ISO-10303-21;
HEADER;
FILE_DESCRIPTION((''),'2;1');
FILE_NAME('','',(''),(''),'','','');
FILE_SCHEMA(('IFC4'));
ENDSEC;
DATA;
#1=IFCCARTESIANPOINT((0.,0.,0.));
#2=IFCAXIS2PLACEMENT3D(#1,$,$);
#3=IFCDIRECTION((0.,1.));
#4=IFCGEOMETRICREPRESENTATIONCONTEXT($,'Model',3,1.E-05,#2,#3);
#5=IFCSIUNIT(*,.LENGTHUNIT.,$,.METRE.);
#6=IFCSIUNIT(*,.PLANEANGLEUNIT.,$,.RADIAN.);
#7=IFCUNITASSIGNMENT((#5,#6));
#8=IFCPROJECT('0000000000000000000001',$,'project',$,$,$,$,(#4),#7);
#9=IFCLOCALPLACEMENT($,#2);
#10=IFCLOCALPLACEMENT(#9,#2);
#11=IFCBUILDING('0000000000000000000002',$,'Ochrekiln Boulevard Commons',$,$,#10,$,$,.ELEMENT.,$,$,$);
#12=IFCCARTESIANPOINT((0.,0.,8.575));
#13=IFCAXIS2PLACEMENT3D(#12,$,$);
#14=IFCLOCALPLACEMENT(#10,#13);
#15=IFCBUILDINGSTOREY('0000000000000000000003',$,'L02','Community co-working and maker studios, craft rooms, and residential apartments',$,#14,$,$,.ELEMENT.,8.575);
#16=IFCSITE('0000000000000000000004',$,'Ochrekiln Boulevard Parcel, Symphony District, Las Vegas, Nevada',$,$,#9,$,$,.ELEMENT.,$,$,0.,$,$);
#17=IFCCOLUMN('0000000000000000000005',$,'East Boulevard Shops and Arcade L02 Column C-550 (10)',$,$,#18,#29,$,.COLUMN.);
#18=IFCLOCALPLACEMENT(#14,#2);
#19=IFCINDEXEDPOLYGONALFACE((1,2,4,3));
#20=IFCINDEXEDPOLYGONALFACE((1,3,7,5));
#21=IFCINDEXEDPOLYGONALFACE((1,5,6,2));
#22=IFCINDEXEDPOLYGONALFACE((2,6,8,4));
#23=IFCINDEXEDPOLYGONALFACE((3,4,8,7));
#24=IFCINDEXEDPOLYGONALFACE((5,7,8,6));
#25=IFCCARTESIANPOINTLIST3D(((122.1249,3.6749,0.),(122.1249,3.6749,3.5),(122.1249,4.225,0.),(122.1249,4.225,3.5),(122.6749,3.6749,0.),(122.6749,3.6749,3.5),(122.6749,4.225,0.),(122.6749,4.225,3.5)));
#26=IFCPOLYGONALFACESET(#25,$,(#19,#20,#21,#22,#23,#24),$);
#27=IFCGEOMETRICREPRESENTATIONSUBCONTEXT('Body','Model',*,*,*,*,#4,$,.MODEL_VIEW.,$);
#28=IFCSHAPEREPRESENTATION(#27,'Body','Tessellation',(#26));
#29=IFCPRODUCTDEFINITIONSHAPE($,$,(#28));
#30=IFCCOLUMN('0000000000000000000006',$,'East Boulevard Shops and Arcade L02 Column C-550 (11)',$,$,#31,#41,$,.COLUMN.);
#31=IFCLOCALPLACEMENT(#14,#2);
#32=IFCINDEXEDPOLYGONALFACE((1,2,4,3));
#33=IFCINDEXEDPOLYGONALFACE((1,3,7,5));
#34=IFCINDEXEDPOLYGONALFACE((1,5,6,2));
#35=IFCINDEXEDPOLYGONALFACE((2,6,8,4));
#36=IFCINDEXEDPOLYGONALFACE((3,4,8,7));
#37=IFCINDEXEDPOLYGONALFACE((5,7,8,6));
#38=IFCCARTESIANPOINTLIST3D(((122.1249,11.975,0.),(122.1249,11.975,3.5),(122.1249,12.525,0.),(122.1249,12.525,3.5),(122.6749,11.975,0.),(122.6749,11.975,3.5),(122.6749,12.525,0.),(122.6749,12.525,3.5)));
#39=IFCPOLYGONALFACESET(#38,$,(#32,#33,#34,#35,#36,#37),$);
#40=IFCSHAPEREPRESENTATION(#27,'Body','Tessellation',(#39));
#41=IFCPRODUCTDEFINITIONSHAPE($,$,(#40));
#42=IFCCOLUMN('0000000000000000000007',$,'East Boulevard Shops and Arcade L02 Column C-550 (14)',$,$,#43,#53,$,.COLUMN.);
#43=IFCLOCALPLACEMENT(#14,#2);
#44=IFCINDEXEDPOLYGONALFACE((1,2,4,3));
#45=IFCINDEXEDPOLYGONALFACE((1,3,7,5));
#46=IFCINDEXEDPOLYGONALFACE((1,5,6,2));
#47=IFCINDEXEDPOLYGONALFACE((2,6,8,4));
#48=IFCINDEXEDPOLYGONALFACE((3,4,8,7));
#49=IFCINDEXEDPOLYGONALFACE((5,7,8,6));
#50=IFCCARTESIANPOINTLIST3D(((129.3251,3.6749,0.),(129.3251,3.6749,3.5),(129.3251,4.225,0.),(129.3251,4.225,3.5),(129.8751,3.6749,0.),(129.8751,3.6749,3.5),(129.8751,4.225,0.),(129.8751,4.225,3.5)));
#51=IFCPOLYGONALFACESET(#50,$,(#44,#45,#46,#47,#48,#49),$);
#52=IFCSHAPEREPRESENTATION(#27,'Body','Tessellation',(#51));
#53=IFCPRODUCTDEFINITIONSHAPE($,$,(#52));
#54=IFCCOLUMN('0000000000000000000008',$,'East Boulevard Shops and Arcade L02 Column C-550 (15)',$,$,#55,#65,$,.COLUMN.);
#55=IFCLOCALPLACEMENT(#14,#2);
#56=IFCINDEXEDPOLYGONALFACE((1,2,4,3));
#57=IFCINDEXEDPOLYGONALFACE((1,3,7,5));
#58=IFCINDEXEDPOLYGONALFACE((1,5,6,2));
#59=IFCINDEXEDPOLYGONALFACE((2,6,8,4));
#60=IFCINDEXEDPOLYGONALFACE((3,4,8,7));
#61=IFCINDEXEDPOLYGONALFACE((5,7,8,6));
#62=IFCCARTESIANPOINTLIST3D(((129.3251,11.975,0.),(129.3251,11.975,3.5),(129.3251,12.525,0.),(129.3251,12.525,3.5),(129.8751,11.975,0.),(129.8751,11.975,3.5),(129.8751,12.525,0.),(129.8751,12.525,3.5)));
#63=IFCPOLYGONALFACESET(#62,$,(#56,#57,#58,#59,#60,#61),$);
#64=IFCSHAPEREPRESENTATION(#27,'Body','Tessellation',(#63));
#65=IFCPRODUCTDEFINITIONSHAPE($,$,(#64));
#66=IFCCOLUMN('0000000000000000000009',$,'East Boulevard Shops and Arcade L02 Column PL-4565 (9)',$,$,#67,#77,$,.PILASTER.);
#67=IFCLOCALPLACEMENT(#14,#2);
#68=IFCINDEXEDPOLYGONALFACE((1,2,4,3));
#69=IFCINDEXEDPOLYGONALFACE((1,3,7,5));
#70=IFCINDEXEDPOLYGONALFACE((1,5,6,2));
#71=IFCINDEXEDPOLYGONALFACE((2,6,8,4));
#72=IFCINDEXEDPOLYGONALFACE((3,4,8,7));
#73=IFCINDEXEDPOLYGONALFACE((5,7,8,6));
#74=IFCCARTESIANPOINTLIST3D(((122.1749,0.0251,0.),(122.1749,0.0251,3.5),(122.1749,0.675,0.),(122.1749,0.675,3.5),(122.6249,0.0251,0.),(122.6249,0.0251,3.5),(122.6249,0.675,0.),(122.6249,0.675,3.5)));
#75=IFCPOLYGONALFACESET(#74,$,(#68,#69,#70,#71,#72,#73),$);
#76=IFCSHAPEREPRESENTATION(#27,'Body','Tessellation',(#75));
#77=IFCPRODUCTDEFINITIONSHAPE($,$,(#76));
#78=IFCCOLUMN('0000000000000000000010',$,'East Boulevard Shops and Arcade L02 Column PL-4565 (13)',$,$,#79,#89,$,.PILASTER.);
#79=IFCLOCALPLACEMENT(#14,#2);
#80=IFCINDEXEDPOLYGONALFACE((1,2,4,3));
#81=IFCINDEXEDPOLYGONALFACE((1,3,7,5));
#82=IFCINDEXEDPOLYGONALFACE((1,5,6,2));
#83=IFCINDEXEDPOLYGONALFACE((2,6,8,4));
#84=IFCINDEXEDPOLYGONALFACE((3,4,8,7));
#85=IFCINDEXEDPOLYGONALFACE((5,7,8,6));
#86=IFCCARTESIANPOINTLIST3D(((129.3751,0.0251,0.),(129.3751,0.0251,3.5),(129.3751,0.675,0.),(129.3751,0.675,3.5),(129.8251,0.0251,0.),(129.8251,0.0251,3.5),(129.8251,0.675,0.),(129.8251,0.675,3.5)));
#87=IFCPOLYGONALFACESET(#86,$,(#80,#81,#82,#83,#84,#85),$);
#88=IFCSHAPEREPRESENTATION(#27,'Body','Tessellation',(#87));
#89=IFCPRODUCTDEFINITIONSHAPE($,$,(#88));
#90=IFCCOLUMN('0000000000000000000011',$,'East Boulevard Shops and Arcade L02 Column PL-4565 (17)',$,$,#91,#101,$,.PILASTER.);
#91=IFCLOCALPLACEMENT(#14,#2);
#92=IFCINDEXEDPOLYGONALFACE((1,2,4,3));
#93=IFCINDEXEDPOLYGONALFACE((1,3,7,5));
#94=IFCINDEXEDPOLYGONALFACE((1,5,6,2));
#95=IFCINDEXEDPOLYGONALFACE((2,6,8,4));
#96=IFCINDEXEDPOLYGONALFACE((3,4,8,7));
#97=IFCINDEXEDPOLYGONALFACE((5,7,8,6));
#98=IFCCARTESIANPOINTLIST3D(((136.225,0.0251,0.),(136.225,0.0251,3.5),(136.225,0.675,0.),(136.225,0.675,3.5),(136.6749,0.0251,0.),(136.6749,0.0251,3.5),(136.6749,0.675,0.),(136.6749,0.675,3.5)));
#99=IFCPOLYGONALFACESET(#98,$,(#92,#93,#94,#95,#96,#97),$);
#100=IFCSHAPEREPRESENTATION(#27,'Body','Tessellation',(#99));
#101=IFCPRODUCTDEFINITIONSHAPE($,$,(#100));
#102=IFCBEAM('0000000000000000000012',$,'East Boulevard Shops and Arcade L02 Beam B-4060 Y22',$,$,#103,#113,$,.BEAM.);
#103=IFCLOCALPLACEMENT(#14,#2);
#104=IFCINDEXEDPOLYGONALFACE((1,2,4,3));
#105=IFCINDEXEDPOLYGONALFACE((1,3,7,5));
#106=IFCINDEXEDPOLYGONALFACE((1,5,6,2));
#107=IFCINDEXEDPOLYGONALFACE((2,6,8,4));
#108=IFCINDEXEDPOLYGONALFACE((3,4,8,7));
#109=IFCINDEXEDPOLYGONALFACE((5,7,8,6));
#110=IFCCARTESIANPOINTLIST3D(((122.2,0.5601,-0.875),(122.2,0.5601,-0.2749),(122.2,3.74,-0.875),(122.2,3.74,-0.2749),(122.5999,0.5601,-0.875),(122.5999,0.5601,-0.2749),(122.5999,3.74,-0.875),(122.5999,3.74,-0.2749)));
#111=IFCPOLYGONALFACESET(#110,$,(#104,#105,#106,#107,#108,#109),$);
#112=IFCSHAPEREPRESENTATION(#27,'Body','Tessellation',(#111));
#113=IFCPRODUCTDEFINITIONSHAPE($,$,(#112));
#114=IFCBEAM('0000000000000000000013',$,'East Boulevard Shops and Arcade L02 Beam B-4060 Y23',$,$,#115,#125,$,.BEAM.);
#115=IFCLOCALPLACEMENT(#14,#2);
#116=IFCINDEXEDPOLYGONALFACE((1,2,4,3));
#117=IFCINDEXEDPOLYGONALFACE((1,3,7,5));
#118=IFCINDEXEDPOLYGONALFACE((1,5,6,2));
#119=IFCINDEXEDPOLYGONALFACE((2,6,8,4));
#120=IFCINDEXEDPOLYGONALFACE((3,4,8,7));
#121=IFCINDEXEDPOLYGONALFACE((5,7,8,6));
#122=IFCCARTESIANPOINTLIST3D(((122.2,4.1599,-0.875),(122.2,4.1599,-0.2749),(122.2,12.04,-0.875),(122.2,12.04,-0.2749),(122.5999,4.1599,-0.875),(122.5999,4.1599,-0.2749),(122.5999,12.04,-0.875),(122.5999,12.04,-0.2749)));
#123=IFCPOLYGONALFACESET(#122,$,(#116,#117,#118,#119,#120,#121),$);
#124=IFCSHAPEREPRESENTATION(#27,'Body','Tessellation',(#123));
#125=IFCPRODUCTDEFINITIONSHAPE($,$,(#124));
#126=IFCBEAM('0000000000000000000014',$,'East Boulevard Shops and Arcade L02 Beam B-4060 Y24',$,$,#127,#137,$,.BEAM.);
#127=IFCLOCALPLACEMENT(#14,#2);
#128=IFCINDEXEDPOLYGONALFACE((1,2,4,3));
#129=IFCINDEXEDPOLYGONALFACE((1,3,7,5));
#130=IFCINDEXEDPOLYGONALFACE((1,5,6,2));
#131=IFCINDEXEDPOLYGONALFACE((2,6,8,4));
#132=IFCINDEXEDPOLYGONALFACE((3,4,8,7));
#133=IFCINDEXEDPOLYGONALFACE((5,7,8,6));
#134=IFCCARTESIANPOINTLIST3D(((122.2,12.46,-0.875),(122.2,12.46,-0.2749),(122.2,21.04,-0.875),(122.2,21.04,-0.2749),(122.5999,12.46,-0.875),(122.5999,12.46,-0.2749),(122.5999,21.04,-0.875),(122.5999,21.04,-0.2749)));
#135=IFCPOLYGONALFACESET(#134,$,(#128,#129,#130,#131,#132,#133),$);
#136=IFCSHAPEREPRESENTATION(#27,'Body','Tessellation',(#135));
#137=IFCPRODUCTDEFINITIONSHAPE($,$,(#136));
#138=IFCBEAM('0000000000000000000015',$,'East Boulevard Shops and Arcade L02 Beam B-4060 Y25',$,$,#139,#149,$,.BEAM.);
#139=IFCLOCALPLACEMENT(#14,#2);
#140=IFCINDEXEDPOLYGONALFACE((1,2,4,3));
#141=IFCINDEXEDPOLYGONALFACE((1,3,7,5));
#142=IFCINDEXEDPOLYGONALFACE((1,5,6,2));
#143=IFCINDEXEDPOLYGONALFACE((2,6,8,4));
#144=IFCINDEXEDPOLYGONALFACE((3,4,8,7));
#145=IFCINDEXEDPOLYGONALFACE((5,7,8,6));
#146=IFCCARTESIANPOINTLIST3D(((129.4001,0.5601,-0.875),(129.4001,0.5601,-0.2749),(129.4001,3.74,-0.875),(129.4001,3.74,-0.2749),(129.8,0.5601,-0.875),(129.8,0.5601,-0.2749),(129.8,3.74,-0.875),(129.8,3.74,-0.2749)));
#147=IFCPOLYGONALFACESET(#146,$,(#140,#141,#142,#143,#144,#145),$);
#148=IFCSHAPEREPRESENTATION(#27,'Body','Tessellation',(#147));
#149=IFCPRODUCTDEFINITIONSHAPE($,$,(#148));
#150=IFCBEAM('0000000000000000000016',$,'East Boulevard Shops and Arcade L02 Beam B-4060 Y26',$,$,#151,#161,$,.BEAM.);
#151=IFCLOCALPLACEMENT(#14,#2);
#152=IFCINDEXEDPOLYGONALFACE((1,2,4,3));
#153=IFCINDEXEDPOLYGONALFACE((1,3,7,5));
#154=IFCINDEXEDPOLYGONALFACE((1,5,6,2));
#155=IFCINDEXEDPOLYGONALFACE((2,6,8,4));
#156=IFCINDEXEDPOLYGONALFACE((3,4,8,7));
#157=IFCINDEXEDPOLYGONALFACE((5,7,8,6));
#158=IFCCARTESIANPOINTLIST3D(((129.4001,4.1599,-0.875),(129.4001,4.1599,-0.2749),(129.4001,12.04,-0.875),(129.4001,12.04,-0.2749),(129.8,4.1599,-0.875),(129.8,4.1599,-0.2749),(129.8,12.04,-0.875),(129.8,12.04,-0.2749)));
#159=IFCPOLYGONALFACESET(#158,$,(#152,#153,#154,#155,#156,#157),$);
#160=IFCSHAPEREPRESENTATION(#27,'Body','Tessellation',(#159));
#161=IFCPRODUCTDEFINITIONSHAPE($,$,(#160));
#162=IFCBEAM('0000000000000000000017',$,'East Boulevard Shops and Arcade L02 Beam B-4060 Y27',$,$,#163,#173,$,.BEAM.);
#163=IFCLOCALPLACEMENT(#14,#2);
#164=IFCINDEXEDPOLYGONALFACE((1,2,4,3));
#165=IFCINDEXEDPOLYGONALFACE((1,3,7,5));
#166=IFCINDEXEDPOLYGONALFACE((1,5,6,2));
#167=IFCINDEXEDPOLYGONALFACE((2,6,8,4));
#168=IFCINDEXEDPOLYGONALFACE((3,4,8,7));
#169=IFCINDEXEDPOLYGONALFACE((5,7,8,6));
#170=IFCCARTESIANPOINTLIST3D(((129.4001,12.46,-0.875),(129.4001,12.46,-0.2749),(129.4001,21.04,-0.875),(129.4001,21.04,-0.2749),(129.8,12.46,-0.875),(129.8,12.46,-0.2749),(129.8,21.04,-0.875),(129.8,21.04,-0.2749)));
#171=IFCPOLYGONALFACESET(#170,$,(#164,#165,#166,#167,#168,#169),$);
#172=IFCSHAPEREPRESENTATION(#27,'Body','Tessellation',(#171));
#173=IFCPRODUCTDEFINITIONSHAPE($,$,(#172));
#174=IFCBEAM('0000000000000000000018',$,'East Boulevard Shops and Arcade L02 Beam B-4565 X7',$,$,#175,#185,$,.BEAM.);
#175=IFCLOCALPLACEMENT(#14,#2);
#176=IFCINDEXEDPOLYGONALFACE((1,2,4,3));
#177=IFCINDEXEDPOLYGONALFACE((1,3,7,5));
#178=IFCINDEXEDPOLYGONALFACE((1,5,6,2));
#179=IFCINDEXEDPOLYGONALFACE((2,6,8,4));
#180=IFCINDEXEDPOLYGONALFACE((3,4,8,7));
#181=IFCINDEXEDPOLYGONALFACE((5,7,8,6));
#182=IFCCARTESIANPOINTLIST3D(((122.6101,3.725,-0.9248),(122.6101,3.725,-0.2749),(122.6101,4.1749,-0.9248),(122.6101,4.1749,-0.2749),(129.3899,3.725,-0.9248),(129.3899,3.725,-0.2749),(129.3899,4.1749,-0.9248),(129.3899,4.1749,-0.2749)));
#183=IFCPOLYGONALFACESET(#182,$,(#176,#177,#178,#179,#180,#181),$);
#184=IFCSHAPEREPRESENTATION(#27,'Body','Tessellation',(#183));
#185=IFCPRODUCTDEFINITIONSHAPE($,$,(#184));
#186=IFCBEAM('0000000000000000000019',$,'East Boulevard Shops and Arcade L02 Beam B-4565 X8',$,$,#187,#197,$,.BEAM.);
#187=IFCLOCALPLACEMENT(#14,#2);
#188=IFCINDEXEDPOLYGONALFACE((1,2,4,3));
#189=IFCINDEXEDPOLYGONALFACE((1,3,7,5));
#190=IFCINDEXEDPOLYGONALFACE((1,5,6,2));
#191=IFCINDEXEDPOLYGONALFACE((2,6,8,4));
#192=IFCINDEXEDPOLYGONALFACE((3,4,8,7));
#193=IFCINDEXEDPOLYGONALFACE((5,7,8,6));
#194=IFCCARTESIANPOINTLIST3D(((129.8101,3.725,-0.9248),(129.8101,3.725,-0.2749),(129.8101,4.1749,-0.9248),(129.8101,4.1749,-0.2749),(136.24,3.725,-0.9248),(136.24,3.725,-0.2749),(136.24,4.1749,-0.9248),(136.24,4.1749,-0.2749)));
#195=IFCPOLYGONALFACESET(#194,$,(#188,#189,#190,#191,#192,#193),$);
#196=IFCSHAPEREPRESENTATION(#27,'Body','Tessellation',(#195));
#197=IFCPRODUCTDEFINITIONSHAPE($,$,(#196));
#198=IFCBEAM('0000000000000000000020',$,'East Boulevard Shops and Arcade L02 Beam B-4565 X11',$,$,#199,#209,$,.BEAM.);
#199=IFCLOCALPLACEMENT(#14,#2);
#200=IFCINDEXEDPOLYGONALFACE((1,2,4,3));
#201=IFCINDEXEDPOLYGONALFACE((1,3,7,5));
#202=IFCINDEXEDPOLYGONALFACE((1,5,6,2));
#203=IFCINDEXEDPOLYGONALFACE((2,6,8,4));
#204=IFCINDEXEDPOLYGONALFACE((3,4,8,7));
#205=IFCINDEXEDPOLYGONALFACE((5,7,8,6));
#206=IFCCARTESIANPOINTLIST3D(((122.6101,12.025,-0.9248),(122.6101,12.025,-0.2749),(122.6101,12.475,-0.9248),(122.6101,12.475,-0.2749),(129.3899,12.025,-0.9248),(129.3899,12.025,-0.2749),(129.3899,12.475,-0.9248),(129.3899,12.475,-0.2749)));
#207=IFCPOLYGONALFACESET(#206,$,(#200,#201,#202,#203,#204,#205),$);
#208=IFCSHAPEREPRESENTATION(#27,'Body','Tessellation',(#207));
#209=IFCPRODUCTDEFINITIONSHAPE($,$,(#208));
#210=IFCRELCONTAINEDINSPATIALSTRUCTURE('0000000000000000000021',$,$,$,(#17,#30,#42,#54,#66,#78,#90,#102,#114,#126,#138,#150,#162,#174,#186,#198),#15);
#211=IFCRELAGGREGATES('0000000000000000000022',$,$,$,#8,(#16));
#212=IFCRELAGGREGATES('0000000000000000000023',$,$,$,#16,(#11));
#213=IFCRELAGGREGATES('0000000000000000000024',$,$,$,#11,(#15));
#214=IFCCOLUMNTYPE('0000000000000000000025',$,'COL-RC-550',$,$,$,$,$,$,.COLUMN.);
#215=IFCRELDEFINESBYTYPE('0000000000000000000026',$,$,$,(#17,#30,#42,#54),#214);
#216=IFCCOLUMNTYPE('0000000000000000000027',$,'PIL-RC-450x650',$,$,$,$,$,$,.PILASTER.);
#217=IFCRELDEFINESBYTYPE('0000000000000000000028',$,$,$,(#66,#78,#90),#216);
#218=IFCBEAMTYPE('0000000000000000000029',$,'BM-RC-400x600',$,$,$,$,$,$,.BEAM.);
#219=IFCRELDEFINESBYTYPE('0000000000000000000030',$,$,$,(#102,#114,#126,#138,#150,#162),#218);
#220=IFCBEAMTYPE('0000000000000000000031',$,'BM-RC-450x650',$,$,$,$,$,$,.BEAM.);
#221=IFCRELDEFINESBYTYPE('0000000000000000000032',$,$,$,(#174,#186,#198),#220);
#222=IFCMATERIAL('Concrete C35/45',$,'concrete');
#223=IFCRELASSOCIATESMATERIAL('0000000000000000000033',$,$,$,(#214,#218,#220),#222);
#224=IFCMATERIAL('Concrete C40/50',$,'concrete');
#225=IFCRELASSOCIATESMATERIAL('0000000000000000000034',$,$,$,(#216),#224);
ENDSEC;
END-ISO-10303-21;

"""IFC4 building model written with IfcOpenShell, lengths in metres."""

from ifc_helpers import new_model, si_unit, direction, frame, origin, origin_2d, place, context, subcontext, project, spatial, rectangle, extrude, material, material_profile, profile_set, type_object, element, save


model = new_model("IFC4")

# Units and contexts
model_context = context("Model", 3, precision=1e-05, world=origin(), true_north=direction((0.0, 1.0)))
body_context = subcontext(model_context, "Body", "Model", "MODEL_VIEW")
ifc_project = project(units=[si_unit("LENGTHUNIT", "METRE"), si_unit("PLANEANGLEUNIT", "RADIAN")], contexts=[model_context])

# Site, building, storey
site_placement = place(None, origin())
site = spatial("IfcSite", under=ifc_project, at=site_placement, Name="Ochrekiln Boulevard Parcel, Symphony District, Las Vegas, Nevada", CompositionType="ELEMENT", RefElevation=0.0)
building_placement = place(site_placement, origin())
building = spatial("IfcBuilding", under=site, at=building_placement, Name="Ochrekiln Boulevard Commons", CompositionType="ELEMENT")
storey_placement = place(building_placement, frame((0.0, 0.0, 8.575)))
storey = spatial("IfcBuildingStorey", under=building, at=storey_placement, Name="L02", Description="Community co-working and maker studios, craft rooms, and residential apartments", CompositionType="ELEMENT", Elevation=8.575)

# Columns
ifc_material_1 = material(Name="Concrete C35/45", Category="concrete")
ifc_material_profile_1 = material_profile(ifc_material_1, rectangle(XDim=0.55, YDim=0.55, at=origin_2d()), Name="RC-COL-550x550")
ifc_profile_set_1 = profile_set([ifc_material_profile_1], Name="Concrete C35/45")
column_type_1 = type_object("IfcColumnType", Name="COL-RC-550", PredefinedType="COLUMN", material=ifc_profile_set_1)
for number, where, z_axis, x_axis, name in (
    (1, (122.3999, 3.95, 0.0), (0.0, 0.0, 1.0), (1.0, 0.0, 0.0), "East Boulevard Shops and Arcade L02 Column C-550 (10)"),
    (2, (122.3999, 12.25, 0.0), (0.0, 0.0, 1.0), (1.0, 0.0, 0.0), "East Boulevard Shops and Arcade L02 Column C-550 (11)"),
    (3, (129.6001, 3.95, 0.0), (0.0, 0.0, 1.0), (1.0, 0.0, 0.0), "East Boulevard Shops and Arcade L02 Column C-550 (14)"),
    (4, (129.6001, 12.25, 0.0), (0.0, 0.0, 1.0), (1.0, 0.0, 0.0), "East Boulevard Shops and Arcade L02 Column C-550 (15)"),
):
    element("IfcColumn", number, at=place(storey_placement, frame(where, z_axis=z_axis, x_axis=x_axis)), inside=storey, type_object=column_type_1, Name=name, PredefinedType="COLUMN", context=body_context, shape_type="SweptSolid", body=[
        extrude(rectangle(XDim=0.55, YDim=0.55, at=origin_2d()), origin(), (0.0, 0.0, 1.0), 3.5),
    ])
ifc_material_2 = material(Name="Concrete C40/50", Category="concrete")
ifc_material_profile_2 = material_profile(ifc_material_2, rectangle(XDim=0.45, YDim=0.6499, at=origin_2d()), Name="RC-PIL-450x650")
ifc_profile_set_2 = profile_set([ifc_material_profile_2], Name="Concrete C40/50")
column_type_2 = type_object("IfcColumnType", Name="PIL-RC-450x650", PredefinedType="PILASTER", material=ifc_profile_set_2)
for number, where, z_axis, x_axis, name in (
    (5, (122.3999, 0.3501, 0.0), (0.0, 0.0, 1.0), (1.0, 0.0, 0.0), "East Boulevard Shops and Arcade L02 Column PL-4565 (9)"),
    (6, (129.6001, 0.3501, 0.0), (0.0, 0.0, 1.0), (1.0, 0.0, 0.0), "East Boulevard Shops and Arcade L02 Column PL-4565 (13)"),
    (7, (136.45, 0.3501, 0.0), (0.0, 0.0, 1.0), (1.0, 0.0, 0.0), "East Boulevard Shops and Arcade L02 Column PL-4565 (17)"),
):
    element("IfcColumn", number, at=place(storey_placement, frame(where, z_axis=z_axis, x_axis=x_axis)), inside=storey, type_object=column_type_2, Name=name, PredefinedType="PILASTER", context=body_context, shape_type="SweptSolid", body=[
        extrude(rectangle(XDim=0.45, YDim=0.6499, at=origin_2d()), origin(), (0.0, 0.0, 1.0), 3.5),
    ])

# Beams
ifc_material_profile_3 = material_profile(ifc_material_1, rectangle(XDim=0.3999, YDim=0.6001, at=origin_2d()), Name="RC-BM-400x600")
ifc_profile_set_3 = profile_set([ifc_material_profile_3], Name="Concrete C35/45")
beam_type_1 = type_object("IfcBeamType", Name="BM-RC-400x600", PredefinedType="BEAM", material=ifc_profile_set_3)
beam_1_placement = place(storey_placement, frame((122.3999, 0.5601, -0.575), z_axis=(0.0, 1.0, 0.0), x_axis=(-1.0, 0.0, 0.0)))
element("IfcBeam", 8, at=beam_1_placement, inside=storey, type_object=beam_type_1, Name="East Boulevard Shops and Arcade L02 Beam B-4060 Y22", PredefinedType="BEAM", context=body_context, shape_type="SweptSolid", body=[
    extrude(rectangle(XDim=0.3999, YDim=0.6001, at=origin_2d()), origin(), (0.0, 0.0, 1.0), 3.1799),
])
beam_2_placement = place(storey_placement, frame((122.3999, 4.1599, -0.575), z_axis=(0.0, 1.0, 0.0), x_axis=(-1.0, 0.0, 0.0)))
element("IfcBeam", 9, at=beam_2_placement, inside=storey, type_object=beam_type_1, Name="East Boulevard Shops and Arcade L02 Beam B-4060 Y23", PredefinedType="BEAM", context=body_context, shape_type="SweptSolid", body=[
    extrude(rectangle(XDim=0.3999, YDim=0.6001, at=origin_2d()), origin(), (0.0, 0.0, 1.0), 7.8801),
])
beam_3_placement = place(storey_placement, frame((122.3999, 12.46, -0.575), z_axis=(0.0, 1.0, 0.0), x_axis=(-1.0, 0.0, 0.0)))
element("IfcBeam", 10, at=beam_3_placement, inside=storey, type_object=beam_type_1, Name="East Boulevard Shops and Arcade L02 Beam B-4060 Y24", PredefinedType="BEAM", context=body_context, shape_type="SweptSolid", body=[
    extrude(rectangle(XDim=0.3999, YDim=0.6001, at=origin_2d()), origin(), (0.0, 0.0, 1.0), 8.5801),
])
beam_4_placement = place(storey_placement, frame((129.6001, 0.5601, -0.575), z_axis=(0.0, 1.0, 0.0), x_axis=(-1.0, 0.0, 0.0)))
element("IfcBeam", 11, at=beam_4_placement, inside=storey, type_object=beam_type_1, Name="East Boulevard Shops and Arcade L02 Beam B-4060 Y25", PredefinedType="BEAM", context=body_context, shape_type="SweptSolid", body=[
    extrude(rectangle(XDim=0.3999, YDim=0.6001, at=origin_2d()), origin(), (0.0, 0.0, 1.0), 3.1799),
])
beam_5_placement = place(storey_placement, frame((129.6001, 4.1599, -0.575), z_axis=(0.0, 1.0, 0.0), x_axis=(-1.0, 0.0, 0.0)))
element("IfcBeam", 12, at=beam_5_placement, inside=storey, type_object=beam_type_1, Name="East Boulevard Shops and Arcade L02 Beam B-4060 Y26", PredefinedType="BEAM", context=body_context, shape_type="SweptSolid", body=[
    extrude(rectangle(XDim=0.3999, YDim=0.6001, at=origin_2d()), origin(), (0.0, 0.0, 1.0), 7.8801),
])
beam_6_placement = place(storey_placement, frame((129.6001, 12.46, -0.575), z_axis=(0.0, 1.0, 0.0), x_axis=(-1.0, 0.0, 0.0)))
element("IfcBeam", 13, at=beam_6_placement, inside=storey, type_object=beam_type_1, Name="East Boulevard Shops and Arcade L02 Beam B-4060 Y27", PredefinedType="BEAM", context=body_context, shape_type="SweptSolid", body=[
    extrude(rectangle(XDim=0.3999, YDim=0.6001, at=origin_2d()), origin(), (0.0, 0.0, 1.0), 8.5801),
])
ifc_material_profile_4 = material_profile(ifc_material_1, rectangle(XDim=0.45, YDim=0.6499, at=origin_2d()), Name="RC-BM-450x650")
ifc_profile_set_4 = profile_set([ifc_material_profile_4], Name="Concrete C35/45")
beam_type_2 = type_object("IfcBeamType", Name="BM-RC-450x650", PredefinedType="BEAM", material=ifc_profile_set_4)
beam_7_placement = place(storey_placement, frame((122.6101, 3.95, -0.5999), z_axis=(1.0, 0.0, 0.0), x_axis=(0.0, 1.0, 0.0)))
element("IfcBeam", 14, at=beam_7_placement, inside=storey, type_object=beam_type_2, Name="East Boulevard Shops and Arcade L02 Beam B-4565 X7", PredefinedType="BEAM", context=body_context, shape_type="SweptSolid", body=[
    extrude(rectangle(XDim=0.45, YDim=0.6499, at=origin_2d()), origin(), (0.0, 0.0, 1.0), 6.7798),
])
beam_8_placement = place(storey_placement, frame((129.8101, 3.95, -0.5999), z_axis=(1.0, 0.0, 0.0), x_axis=(0.0, 1.0, 0.0)))
element("IfcBeam", 15, at=beam_8_placement, inside=storey, type_object=beam_type_2, Name="East Boulevard Shops and Arcade L02 Beam B-4565 X8", PredefinedType="BEAM", context=body_context, shape_type="SweptSolid", body=[
    extrude(rectangle(XDim=0.45, YDim=0.6499, at=origin_2d()), origin(), (0.0, 0.0, 1.0), 6.4299),
])
beam_9_placement = place(storey_placement, frame((122.6101, 12.25, -0.5999), z_axis=(1.0, 0.0, 0.0), x_axis=(0.0, 1.0, 0.0)))
element("IfcBeam", 16, at=beam_9_placement, inside=storey, type_object=beam_type_2, Name="East Boulevard Shops and Arcade L02 Beam B-4565 X11", PredefinedType="BEAM", context=body_context, shape_type="SweptSolid", body=[
    extrude(rectangle(XDim=0.45, YDim=0.6499, at=origin_2d()), origin(), (0.0, 0.0, 1.0), 6.7798),
])

save(model, "model.ifc")
